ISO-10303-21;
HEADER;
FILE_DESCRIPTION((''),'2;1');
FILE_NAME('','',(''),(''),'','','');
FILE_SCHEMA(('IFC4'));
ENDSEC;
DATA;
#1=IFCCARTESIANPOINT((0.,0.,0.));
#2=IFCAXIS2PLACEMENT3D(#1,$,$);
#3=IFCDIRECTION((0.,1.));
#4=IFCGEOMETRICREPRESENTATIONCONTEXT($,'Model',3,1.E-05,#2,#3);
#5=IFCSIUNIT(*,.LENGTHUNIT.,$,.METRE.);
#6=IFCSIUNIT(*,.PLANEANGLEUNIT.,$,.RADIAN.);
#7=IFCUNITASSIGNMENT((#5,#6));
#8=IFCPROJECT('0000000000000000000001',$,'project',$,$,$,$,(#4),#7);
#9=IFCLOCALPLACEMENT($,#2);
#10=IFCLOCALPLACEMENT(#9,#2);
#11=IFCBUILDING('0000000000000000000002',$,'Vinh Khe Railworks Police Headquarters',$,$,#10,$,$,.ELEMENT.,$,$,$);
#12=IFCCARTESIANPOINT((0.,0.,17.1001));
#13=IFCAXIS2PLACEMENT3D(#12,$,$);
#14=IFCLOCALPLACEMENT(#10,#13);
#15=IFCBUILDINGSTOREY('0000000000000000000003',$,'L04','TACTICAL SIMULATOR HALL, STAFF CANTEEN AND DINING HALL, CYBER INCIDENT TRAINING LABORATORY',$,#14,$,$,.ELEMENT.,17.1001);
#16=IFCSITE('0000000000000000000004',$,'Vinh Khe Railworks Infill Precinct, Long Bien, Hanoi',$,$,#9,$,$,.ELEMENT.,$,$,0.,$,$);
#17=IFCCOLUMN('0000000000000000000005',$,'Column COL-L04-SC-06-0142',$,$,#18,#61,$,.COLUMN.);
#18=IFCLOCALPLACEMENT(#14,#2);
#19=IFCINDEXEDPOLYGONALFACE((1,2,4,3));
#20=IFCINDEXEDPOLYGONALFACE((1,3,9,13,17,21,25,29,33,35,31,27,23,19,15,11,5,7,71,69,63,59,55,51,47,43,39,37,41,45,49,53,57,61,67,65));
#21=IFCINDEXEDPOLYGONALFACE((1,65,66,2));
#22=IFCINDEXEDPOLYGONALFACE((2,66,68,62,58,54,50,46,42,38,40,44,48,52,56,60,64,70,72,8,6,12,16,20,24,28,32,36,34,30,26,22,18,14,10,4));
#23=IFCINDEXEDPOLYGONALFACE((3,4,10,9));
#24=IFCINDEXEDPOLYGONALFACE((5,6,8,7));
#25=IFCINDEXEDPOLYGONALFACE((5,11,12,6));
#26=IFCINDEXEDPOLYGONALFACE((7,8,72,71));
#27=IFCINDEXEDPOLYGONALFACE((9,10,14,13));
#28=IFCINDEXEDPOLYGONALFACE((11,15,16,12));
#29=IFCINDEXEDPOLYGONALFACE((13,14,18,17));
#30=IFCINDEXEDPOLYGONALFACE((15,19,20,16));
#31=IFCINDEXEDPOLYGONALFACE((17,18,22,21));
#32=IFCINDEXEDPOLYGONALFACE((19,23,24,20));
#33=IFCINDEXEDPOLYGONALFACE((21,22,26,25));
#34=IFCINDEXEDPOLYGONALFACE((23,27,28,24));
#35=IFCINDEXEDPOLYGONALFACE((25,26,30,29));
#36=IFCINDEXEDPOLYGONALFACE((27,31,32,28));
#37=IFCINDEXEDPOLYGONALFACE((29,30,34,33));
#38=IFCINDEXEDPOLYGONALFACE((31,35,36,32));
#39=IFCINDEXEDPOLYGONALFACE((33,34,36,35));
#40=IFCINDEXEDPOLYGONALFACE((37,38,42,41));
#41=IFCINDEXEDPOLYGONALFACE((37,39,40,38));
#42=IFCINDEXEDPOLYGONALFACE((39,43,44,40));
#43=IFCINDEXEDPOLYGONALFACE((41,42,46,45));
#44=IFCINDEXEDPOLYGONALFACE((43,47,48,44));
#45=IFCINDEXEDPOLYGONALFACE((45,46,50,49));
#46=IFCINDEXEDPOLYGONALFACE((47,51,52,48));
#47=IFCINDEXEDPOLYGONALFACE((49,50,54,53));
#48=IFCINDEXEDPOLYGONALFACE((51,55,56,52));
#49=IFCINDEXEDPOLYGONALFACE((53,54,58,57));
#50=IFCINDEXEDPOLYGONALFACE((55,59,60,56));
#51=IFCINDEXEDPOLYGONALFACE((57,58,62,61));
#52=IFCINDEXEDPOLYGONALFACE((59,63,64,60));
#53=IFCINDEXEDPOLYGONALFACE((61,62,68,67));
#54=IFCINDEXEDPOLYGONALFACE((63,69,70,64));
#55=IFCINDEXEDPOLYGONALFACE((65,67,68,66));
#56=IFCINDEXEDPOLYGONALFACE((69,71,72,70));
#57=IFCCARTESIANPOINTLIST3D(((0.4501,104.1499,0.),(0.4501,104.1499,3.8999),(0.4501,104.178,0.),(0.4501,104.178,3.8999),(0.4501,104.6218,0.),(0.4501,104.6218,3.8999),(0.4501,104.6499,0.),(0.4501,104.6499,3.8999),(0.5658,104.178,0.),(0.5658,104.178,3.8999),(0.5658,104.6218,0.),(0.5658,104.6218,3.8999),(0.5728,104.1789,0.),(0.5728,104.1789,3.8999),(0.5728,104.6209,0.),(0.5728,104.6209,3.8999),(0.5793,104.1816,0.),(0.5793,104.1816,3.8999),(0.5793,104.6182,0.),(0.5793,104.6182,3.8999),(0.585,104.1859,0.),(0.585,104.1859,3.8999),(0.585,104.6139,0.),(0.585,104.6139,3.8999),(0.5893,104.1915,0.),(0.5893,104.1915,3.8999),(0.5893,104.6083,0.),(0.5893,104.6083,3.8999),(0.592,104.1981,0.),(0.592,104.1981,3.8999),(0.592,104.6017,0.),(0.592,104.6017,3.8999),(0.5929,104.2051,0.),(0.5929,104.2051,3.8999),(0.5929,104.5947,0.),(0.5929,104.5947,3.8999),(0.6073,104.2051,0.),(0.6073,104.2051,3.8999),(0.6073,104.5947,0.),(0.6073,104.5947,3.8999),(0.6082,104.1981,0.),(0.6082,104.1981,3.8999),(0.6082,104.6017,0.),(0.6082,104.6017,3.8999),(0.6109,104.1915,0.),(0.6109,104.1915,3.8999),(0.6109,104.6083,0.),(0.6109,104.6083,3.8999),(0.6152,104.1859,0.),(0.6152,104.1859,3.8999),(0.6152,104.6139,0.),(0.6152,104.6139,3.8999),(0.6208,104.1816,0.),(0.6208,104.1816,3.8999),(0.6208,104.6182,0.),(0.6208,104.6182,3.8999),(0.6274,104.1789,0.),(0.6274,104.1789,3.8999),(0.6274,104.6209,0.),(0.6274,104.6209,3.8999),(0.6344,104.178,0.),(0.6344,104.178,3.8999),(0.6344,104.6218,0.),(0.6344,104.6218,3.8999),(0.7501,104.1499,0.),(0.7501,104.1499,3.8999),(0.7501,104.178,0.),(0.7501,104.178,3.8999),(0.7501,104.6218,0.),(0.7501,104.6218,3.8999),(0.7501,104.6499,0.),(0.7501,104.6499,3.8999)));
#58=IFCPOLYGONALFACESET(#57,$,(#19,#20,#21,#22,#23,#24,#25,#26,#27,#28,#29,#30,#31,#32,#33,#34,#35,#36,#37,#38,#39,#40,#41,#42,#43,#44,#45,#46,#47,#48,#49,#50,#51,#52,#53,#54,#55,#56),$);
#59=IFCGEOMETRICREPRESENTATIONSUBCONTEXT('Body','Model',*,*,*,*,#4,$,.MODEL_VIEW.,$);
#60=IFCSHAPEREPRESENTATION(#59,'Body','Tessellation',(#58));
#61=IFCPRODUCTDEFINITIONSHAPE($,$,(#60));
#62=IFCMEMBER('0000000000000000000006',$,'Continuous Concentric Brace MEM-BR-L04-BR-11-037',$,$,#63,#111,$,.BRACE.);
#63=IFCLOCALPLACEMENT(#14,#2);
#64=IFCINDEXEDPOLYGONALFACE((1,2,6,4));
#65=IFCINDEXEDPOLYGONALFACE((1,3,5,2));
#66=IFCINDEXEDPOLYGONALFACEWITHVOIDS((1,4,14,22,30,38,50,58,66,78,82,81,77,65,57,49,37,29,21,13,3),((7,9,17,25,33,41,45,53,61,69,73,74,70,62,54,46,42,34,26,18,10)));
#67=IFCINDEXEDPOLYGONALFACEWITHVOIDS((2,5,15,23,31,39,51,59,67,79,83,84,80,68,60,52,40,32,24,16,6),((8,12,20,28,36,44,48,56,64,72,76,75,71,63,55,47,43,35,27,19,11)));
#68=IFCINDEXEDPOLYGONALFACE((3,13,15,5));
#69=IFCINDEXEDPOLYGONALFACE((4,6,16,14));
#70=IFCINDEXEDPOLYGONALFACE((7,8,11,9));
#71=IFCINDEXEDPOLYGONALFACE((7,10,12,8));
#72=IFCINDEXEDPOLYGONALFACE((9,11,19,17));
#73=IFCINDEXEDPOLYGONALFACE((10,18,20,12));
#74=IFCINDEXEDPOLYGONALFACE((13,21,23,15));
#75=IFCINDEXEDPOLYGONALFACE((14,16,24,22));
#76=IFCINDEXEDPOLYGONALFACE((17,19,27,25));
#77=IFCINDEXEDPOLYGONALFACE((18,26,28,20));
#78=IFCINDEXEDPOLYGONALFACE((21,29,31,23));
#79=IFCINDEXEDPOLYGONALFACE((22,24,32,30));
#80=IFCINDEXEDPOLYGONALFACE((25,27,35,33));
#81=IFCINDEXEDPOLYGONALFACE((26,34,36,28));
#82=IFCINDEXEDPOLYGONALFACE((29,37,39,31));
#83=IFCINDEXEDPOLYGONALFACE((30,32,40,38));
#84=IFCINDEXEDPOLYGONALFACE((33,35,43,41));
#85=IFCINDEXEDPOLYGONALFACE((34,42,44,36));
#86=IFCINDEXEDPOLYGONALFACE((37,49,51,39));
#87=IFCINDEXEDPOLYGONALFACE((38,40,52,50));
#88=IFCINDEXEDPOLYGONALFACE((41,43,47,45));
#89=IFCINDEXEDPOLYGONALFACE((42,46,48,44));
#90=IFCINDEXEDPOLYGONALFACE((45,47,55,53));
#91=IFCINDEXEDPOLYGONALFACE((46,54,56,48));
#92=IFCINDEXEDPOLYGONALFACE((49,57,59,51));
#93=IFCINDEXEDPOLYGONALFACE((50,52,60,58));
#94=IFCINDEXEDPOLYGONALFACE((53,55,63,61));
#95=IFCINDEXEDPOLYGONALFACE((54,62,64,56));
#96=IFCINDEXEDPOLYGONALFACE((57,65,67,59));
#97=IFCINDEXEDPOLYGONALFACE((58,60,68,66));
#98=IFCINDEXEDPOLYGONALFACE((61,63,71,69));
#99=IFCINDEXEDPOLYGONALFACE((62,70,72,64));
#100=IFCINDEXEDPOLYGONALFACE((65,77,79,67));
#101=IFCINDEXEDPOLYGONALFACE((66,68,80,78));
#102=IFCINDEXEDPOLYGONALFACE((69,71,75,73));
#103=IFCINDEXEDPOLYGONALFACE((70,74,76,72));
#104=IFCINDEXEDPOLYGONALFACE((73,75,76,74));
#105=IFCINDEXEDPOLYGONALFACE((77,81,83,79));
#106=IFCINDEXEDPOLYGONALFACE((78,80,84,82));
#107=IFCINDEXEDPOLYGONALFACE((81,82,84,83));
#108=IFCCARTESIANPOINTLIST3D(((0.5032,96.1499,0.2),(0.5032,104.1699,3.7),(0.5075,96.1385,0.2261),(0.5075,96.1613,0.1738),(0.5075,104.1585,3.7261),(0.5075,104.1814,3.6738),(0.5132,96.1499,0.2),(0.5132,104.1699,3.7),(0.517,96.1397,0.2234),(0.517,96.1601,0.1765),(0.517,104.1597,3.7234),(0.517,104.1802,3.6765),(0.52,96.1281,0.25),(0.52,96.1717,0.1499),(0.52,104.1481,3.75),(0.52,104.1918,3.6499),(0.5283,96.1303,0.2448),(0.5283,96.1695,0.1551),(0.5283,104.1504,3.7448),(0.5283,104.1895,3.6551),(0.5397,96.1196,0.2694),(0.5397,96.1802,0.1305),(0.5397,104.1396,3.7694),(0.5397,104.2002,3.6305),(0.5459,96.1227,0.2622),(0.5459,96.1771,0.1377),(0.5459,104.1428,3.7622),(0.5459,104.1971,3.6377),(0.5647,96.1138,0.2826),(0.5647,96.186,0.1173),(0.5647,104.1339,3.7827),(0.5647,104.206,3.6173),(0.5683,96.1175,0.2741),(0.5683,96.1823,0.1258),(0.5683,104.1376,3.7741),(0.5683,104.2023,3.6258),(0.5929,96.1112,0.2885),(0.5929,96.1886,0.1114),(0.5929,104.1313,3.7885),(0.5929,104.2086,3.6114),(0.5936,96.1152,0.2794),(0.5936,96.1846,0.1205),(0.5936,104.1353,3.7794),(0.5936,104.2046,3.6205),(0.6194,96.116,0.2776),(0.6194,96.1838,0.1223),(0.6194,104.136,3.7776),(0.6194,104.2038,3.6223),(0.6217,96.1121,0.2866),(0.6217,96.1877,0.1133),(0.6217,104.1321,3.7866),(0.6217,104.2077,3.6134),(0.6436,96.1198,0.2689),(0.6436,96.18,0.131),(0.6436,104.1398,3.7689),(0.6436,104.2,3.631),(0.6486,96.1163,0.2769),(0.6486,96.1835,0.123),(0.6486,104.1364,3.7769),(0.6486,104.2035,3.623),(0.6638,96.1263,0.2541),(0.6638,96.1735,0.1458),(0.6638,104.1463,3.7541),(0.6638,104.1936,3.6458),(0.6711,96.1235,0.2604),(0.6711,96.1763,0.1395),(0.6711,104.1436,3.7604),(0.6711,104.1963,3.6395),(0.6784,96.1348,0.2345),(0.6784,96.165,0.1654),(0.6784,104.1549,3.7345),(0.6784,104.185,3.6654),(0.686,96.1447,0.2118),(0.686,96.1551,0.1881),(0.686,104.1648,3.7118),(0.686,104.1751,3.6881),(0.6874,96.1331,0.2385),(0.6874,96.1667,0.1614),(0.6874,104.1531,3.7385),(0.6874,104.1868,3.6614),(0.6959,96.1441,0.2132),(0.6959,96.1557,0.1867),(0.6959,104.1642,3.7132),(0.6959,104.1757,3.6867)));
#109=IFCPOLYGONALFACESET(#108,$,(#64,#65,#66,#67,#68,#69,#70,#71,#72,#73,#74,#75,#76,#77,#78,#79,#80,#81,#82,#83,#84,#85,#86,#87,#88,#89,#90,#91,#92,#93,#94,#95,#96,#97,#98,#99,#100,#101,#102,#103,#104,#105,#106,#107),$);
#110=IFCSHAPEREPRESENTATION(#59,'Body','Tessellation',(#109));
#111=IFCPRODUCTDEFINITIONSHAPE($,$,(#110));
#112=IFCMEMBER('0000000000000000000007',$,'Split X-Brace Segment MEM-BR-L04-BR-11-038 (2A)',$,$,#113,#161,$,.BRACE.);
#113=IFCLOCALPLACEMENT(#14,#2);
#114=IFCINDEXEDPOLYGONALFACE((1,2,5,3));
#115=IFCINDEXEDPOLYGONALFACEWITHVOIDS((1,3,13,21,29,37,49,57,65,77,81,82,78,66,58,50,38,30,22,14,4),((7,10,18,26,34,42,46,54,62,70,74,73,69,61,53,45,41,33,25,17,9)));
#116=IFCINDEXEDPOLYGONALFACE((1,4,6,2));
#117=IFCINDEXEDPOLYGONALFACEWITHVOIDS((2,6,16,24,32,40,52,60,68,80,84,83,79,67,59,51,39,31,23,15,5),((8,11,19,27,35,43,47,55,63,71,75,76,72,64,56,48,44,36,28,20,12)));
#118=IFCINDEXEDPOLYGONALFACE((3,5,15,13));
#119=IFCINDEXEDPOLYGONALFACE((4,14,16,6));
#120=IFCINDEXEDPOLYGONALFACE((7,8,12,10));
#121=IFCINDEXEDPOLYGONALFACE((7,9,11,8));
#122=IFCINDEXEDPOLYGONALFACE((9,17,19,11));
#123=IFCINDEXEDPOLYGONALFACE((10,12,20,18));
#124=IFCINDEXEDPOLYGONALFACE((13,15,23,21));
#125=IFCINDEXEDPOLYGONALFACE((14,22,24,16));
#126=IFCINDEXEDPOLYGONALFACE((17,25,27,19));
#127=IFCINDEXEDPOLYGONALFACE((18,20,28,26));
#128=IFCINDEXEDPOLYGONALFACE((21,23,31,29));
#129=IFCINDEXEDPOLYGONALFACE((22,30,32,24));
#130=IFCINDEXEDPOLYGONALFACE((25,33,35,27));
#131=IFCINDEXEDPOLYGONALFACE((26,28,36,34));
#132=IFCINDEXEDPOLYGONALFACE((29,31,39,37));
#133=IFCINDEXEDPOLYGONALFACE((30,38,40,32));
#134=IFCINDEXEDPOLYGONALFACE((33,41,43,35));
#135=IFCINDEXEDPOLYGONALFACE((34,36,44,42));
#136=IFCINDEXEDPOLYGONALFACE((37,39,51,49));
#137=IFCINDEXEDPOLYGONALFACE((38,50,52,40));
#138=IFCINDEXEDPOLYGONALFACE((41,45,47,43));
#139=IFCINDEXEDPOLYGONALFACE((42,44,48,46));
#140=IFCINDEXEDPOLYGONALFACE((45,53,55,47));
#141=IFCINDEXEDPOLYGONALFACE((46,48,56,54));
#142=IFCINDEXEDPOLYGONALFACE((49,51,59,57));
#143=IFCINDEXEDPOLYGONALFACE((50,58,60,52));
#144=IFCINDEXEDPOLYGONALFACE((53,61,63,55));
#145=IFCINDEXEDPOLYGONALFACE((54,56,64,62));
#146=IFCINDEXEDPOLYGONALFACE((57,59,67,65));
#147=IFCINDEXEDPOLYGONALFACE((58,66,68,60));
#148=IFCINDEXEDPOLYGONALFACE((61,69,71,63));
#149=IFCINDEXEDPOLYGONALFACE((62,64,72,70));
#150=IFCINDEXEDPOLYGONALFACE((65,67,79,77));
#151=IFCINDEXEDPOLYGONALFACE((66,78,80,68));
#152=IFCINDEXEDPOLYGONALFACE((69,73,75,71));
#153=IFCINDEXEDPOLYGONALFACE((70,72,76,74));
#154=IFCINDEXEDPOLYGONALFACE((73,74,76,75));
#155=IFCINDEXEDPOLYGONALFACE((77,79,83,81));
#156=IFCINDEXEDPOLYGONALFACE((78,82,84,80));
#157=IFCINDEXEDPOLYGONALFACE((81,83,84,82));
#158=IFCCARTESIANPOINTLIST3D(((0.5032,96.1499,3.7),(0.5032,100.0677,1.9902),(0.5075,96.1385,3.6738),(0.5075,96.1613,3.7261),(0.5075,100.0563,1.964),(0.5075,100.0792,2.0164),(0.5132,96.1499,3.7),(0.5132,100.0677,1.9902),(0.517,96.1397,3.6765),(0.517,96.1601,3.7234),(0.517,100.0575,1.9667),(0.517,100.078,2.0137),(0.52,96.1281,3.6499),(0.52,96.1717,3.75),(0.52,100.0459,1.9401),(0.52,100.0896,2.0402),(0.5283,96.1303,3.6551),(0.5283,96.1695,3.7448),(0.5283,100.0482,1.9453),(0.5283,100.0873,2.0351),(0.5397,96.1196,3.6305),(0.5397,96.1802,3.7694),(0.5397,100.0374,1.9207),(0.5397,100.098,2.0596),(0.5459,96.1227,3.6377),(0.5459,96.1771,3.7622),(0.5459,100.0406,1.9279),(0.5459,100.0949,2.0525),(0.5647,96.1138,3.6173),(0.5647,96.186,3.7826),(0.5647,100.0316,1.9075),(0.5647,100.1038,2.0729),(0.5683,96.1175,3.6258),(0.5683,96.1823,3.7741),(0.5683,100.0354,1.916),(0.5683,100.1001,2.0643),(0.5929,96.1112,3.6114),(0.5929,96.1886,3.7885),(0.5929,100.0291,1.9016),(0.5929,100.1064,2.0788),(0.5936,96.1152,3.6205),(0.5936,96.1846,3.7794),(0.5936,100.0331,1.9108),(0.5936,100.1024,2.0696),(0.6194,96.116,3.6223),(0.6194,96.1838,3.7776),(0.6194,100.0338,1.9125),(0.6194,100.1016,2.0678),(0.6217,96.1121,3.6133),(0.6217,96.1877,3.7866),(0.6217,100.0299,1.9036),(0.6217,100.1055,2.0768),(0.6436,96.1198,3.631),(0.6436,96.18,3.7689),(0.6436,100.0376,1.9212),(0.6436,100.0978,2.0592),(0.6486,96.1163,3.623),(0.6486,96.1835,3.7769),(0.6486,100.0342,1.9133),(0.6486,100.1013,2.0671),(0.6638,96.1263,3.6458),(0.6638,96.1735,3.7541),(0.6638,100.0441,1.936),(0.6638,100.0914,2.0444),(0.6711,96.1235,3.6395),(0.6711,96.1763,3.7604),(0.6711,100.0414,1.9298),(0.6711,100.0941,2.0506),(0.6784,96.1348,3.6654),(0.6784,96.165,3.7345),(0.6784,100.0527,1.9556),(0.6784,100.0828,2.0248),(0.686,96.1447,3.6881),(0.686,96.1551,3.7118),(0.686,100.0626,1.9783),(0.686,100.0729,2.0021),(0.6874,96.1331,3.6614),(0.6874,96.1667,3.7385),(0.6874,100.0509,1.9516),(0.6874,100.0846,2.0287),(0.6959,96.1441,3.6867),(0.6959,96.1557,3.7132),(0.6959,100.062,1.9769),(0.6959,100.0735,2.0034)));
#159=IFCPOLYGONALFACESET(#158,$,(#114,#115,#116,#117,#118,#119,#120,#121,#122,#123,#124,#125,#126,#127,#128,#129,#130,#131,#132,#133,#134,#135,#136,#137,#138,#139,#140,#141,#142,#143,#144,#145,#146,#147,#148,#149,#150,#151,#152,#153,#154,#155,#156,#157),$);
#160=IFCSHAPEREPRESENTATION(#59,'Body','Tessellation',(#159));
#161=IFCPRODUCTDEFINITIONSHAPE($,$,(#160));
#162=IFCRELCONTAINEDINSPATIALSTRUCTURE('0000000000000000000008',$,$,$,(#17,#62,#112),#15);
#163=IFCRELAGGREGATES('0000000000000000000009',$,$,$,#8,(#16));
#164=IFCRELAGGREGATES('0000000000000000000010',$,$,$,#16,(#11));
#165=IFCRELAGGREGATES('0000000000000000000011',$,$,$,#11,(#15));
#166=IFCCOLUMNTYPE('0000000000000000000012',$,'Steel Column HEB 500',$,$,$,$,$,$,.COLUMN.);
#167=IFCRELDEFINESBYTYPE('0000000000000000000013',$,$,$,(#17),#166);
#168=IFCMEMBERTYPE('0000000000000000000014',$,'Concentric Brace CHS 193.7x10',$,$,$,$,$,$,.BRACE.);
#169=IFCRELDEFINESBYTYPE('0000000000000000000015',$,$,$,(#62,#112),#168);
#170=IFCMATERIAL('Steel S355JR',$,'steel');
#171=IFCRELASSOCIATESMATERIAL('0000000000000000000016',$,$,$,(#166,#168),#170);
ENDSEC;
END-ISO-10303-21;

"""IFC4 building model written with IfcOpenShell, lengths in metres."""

from ifc_helpers import new_model, si_unit, direction, frame, origin, origin_2d, place, context, subcontext, project, spatial, hollow_circle, i_section, extrude, material, material_profile, profile_set, type_object, element, save


model = new_model("IFC4")

# Units and contexts
model_context = context("Model", 3, precision=1e-05, world=origin(), true_north=direction((0.0, 1.0)))
body_context = subcontext(model_context, "Body", "Model", "MODEL_VIEW")
ifc_project = project(units=[si_unit("LENGTHUNIT", "METRE"), si_unit("PLANEANGLEUNIT", "RADIAN")], contexts=[model_context])

# Site, building, storey
site_placement = place(None, origin())
site = spatial("IfcSite", under=ifc_project, at=site_placement, Name="Vinh Khe Railworks Infill Precinct, Long Bien, Hanoi", CompositionType="ELEMENT", RefElevation=0.0)
building_placement = place(site_placement, origin())
building = spatial("IfcBuilding", under=site, at=building_placement, Name="Vinh Khe Railworks Police Headquarters", CompositionType="ELEMENT")
storey_placement = place(building_placement, frame((0.0, 0.0, 17.1001)))
storey = spatial("IfcBuildingStorey", under=building, at=storey_placement, Name="L04", Description="TACTICAL SIMULATOR HALL, STAFF CANTEEN AND DINING HALL, CYBER INCIDENT TRAINING LABORATORY", CompositionType="ELEMENT", Elevation=17.1001)

# Column
ifc_material_1 = material(Name="Steel S355JR", Category="steel")
ifc_material_profile_1 = material_profile(ifc_material_1, i_section(OverallWidth=0.3, OverallDepth=0.5, WebThickness=0.0144, FlangeThickness=0.0281, FilletRadius=0.0271, at=origin_2d()), Name="HEB 500")
ifc_profile_set_1 = profile_set([ifc_material_profile_1], Name="Steel S355JR")
column_type_1 = type_object("IfcColumnType", Name="Steel Column HEB 500", PredefinedType="COLUMN", material=ifc_profile_set_1)
column_1_placement = place(storey_placement, frame((0.6001, 104.3999, 0.0), z_axis=(0.0, 0.0, 1.0), x_axis=(1.0, 0.0, 0.0)))
element("IfcColumn", 1, at=column_1_placement, inside=storey, type_object=column_type_1, Name="Column COL-L04-SC-06-0142", PredefinedType="COLUMN", context=body_context, shape_type="SweptSolid", body=[
    extrude(i_section(OverallWidth=0.3, OverallDepth=0.5, WebThickness=0.0144, FlangeThickness=0.0281, FilletRadius=0.0271, at=origin_2d()), origin(), (0.0, 0.0, 1.0), 3.8999),
])

# Members
ifc_material_profile_2 = material_profile(ifc_material_1, hollow_circle(Radius=0.0969, WallThickness=0.01, at=origin_2d()), Name="CHS 193.7x10")
ifc_profile_set_2 = profile_set([ifc_material_profile_2], Name="Steel S355JR")
member_type = type_object("IfcMemberType", Name="Concentric Brace CHS 193.7x10", PredefinedType="BRACE", material=ifc_profile_set_2)
member_placement = place(storey_placement, frame((0.6001, 96.1499, 0.2), z_axis=(0.0, 0.916525, 0.399979), x_axis=(-1.0, 0.0, 0.0)))
element("IfcMember", 2, at=member_placement, inside=storey, type_object=member_type, Name="Continuous Concentric Brace MEM-BR-L04-BR-11-037", PredefinedType="BRACE", context=body_context, shape_type="SweptSolid", body=[
    extrude(hollow_circle(Radius=0.0969, WallThickness=0.01, at=origin_2d()), origin(), (0.0, 0.0, 1.0), 8.7505),
])
for number, where, z_axis, x_axis, name in (
    (3, (0.6001, 96.1499, 3.7), (0.0, 0.916525, -0.399977), (-1.0, 0.0, 0.0), "Split X-Brace Segment MEM-BR-L04-BR-11-038 (2A)"),
):
    element("IfcMember", number, at=place(storey_placement, frame(where, z_axis=z_axis, x_axis=x_axis)), inside=storey, type_object=member_type, Name=name, PredefinedType="BRACE", context=body_context, shape_type="SweptSolid", body=[
        extrude(hollow_circle(Radius=0.0969, WallThickness=0.01, at=origin_2d()), origin(), (0.0, 0.0, 1.0), 4.2747),
    ])

save(model, "model.ifc")
